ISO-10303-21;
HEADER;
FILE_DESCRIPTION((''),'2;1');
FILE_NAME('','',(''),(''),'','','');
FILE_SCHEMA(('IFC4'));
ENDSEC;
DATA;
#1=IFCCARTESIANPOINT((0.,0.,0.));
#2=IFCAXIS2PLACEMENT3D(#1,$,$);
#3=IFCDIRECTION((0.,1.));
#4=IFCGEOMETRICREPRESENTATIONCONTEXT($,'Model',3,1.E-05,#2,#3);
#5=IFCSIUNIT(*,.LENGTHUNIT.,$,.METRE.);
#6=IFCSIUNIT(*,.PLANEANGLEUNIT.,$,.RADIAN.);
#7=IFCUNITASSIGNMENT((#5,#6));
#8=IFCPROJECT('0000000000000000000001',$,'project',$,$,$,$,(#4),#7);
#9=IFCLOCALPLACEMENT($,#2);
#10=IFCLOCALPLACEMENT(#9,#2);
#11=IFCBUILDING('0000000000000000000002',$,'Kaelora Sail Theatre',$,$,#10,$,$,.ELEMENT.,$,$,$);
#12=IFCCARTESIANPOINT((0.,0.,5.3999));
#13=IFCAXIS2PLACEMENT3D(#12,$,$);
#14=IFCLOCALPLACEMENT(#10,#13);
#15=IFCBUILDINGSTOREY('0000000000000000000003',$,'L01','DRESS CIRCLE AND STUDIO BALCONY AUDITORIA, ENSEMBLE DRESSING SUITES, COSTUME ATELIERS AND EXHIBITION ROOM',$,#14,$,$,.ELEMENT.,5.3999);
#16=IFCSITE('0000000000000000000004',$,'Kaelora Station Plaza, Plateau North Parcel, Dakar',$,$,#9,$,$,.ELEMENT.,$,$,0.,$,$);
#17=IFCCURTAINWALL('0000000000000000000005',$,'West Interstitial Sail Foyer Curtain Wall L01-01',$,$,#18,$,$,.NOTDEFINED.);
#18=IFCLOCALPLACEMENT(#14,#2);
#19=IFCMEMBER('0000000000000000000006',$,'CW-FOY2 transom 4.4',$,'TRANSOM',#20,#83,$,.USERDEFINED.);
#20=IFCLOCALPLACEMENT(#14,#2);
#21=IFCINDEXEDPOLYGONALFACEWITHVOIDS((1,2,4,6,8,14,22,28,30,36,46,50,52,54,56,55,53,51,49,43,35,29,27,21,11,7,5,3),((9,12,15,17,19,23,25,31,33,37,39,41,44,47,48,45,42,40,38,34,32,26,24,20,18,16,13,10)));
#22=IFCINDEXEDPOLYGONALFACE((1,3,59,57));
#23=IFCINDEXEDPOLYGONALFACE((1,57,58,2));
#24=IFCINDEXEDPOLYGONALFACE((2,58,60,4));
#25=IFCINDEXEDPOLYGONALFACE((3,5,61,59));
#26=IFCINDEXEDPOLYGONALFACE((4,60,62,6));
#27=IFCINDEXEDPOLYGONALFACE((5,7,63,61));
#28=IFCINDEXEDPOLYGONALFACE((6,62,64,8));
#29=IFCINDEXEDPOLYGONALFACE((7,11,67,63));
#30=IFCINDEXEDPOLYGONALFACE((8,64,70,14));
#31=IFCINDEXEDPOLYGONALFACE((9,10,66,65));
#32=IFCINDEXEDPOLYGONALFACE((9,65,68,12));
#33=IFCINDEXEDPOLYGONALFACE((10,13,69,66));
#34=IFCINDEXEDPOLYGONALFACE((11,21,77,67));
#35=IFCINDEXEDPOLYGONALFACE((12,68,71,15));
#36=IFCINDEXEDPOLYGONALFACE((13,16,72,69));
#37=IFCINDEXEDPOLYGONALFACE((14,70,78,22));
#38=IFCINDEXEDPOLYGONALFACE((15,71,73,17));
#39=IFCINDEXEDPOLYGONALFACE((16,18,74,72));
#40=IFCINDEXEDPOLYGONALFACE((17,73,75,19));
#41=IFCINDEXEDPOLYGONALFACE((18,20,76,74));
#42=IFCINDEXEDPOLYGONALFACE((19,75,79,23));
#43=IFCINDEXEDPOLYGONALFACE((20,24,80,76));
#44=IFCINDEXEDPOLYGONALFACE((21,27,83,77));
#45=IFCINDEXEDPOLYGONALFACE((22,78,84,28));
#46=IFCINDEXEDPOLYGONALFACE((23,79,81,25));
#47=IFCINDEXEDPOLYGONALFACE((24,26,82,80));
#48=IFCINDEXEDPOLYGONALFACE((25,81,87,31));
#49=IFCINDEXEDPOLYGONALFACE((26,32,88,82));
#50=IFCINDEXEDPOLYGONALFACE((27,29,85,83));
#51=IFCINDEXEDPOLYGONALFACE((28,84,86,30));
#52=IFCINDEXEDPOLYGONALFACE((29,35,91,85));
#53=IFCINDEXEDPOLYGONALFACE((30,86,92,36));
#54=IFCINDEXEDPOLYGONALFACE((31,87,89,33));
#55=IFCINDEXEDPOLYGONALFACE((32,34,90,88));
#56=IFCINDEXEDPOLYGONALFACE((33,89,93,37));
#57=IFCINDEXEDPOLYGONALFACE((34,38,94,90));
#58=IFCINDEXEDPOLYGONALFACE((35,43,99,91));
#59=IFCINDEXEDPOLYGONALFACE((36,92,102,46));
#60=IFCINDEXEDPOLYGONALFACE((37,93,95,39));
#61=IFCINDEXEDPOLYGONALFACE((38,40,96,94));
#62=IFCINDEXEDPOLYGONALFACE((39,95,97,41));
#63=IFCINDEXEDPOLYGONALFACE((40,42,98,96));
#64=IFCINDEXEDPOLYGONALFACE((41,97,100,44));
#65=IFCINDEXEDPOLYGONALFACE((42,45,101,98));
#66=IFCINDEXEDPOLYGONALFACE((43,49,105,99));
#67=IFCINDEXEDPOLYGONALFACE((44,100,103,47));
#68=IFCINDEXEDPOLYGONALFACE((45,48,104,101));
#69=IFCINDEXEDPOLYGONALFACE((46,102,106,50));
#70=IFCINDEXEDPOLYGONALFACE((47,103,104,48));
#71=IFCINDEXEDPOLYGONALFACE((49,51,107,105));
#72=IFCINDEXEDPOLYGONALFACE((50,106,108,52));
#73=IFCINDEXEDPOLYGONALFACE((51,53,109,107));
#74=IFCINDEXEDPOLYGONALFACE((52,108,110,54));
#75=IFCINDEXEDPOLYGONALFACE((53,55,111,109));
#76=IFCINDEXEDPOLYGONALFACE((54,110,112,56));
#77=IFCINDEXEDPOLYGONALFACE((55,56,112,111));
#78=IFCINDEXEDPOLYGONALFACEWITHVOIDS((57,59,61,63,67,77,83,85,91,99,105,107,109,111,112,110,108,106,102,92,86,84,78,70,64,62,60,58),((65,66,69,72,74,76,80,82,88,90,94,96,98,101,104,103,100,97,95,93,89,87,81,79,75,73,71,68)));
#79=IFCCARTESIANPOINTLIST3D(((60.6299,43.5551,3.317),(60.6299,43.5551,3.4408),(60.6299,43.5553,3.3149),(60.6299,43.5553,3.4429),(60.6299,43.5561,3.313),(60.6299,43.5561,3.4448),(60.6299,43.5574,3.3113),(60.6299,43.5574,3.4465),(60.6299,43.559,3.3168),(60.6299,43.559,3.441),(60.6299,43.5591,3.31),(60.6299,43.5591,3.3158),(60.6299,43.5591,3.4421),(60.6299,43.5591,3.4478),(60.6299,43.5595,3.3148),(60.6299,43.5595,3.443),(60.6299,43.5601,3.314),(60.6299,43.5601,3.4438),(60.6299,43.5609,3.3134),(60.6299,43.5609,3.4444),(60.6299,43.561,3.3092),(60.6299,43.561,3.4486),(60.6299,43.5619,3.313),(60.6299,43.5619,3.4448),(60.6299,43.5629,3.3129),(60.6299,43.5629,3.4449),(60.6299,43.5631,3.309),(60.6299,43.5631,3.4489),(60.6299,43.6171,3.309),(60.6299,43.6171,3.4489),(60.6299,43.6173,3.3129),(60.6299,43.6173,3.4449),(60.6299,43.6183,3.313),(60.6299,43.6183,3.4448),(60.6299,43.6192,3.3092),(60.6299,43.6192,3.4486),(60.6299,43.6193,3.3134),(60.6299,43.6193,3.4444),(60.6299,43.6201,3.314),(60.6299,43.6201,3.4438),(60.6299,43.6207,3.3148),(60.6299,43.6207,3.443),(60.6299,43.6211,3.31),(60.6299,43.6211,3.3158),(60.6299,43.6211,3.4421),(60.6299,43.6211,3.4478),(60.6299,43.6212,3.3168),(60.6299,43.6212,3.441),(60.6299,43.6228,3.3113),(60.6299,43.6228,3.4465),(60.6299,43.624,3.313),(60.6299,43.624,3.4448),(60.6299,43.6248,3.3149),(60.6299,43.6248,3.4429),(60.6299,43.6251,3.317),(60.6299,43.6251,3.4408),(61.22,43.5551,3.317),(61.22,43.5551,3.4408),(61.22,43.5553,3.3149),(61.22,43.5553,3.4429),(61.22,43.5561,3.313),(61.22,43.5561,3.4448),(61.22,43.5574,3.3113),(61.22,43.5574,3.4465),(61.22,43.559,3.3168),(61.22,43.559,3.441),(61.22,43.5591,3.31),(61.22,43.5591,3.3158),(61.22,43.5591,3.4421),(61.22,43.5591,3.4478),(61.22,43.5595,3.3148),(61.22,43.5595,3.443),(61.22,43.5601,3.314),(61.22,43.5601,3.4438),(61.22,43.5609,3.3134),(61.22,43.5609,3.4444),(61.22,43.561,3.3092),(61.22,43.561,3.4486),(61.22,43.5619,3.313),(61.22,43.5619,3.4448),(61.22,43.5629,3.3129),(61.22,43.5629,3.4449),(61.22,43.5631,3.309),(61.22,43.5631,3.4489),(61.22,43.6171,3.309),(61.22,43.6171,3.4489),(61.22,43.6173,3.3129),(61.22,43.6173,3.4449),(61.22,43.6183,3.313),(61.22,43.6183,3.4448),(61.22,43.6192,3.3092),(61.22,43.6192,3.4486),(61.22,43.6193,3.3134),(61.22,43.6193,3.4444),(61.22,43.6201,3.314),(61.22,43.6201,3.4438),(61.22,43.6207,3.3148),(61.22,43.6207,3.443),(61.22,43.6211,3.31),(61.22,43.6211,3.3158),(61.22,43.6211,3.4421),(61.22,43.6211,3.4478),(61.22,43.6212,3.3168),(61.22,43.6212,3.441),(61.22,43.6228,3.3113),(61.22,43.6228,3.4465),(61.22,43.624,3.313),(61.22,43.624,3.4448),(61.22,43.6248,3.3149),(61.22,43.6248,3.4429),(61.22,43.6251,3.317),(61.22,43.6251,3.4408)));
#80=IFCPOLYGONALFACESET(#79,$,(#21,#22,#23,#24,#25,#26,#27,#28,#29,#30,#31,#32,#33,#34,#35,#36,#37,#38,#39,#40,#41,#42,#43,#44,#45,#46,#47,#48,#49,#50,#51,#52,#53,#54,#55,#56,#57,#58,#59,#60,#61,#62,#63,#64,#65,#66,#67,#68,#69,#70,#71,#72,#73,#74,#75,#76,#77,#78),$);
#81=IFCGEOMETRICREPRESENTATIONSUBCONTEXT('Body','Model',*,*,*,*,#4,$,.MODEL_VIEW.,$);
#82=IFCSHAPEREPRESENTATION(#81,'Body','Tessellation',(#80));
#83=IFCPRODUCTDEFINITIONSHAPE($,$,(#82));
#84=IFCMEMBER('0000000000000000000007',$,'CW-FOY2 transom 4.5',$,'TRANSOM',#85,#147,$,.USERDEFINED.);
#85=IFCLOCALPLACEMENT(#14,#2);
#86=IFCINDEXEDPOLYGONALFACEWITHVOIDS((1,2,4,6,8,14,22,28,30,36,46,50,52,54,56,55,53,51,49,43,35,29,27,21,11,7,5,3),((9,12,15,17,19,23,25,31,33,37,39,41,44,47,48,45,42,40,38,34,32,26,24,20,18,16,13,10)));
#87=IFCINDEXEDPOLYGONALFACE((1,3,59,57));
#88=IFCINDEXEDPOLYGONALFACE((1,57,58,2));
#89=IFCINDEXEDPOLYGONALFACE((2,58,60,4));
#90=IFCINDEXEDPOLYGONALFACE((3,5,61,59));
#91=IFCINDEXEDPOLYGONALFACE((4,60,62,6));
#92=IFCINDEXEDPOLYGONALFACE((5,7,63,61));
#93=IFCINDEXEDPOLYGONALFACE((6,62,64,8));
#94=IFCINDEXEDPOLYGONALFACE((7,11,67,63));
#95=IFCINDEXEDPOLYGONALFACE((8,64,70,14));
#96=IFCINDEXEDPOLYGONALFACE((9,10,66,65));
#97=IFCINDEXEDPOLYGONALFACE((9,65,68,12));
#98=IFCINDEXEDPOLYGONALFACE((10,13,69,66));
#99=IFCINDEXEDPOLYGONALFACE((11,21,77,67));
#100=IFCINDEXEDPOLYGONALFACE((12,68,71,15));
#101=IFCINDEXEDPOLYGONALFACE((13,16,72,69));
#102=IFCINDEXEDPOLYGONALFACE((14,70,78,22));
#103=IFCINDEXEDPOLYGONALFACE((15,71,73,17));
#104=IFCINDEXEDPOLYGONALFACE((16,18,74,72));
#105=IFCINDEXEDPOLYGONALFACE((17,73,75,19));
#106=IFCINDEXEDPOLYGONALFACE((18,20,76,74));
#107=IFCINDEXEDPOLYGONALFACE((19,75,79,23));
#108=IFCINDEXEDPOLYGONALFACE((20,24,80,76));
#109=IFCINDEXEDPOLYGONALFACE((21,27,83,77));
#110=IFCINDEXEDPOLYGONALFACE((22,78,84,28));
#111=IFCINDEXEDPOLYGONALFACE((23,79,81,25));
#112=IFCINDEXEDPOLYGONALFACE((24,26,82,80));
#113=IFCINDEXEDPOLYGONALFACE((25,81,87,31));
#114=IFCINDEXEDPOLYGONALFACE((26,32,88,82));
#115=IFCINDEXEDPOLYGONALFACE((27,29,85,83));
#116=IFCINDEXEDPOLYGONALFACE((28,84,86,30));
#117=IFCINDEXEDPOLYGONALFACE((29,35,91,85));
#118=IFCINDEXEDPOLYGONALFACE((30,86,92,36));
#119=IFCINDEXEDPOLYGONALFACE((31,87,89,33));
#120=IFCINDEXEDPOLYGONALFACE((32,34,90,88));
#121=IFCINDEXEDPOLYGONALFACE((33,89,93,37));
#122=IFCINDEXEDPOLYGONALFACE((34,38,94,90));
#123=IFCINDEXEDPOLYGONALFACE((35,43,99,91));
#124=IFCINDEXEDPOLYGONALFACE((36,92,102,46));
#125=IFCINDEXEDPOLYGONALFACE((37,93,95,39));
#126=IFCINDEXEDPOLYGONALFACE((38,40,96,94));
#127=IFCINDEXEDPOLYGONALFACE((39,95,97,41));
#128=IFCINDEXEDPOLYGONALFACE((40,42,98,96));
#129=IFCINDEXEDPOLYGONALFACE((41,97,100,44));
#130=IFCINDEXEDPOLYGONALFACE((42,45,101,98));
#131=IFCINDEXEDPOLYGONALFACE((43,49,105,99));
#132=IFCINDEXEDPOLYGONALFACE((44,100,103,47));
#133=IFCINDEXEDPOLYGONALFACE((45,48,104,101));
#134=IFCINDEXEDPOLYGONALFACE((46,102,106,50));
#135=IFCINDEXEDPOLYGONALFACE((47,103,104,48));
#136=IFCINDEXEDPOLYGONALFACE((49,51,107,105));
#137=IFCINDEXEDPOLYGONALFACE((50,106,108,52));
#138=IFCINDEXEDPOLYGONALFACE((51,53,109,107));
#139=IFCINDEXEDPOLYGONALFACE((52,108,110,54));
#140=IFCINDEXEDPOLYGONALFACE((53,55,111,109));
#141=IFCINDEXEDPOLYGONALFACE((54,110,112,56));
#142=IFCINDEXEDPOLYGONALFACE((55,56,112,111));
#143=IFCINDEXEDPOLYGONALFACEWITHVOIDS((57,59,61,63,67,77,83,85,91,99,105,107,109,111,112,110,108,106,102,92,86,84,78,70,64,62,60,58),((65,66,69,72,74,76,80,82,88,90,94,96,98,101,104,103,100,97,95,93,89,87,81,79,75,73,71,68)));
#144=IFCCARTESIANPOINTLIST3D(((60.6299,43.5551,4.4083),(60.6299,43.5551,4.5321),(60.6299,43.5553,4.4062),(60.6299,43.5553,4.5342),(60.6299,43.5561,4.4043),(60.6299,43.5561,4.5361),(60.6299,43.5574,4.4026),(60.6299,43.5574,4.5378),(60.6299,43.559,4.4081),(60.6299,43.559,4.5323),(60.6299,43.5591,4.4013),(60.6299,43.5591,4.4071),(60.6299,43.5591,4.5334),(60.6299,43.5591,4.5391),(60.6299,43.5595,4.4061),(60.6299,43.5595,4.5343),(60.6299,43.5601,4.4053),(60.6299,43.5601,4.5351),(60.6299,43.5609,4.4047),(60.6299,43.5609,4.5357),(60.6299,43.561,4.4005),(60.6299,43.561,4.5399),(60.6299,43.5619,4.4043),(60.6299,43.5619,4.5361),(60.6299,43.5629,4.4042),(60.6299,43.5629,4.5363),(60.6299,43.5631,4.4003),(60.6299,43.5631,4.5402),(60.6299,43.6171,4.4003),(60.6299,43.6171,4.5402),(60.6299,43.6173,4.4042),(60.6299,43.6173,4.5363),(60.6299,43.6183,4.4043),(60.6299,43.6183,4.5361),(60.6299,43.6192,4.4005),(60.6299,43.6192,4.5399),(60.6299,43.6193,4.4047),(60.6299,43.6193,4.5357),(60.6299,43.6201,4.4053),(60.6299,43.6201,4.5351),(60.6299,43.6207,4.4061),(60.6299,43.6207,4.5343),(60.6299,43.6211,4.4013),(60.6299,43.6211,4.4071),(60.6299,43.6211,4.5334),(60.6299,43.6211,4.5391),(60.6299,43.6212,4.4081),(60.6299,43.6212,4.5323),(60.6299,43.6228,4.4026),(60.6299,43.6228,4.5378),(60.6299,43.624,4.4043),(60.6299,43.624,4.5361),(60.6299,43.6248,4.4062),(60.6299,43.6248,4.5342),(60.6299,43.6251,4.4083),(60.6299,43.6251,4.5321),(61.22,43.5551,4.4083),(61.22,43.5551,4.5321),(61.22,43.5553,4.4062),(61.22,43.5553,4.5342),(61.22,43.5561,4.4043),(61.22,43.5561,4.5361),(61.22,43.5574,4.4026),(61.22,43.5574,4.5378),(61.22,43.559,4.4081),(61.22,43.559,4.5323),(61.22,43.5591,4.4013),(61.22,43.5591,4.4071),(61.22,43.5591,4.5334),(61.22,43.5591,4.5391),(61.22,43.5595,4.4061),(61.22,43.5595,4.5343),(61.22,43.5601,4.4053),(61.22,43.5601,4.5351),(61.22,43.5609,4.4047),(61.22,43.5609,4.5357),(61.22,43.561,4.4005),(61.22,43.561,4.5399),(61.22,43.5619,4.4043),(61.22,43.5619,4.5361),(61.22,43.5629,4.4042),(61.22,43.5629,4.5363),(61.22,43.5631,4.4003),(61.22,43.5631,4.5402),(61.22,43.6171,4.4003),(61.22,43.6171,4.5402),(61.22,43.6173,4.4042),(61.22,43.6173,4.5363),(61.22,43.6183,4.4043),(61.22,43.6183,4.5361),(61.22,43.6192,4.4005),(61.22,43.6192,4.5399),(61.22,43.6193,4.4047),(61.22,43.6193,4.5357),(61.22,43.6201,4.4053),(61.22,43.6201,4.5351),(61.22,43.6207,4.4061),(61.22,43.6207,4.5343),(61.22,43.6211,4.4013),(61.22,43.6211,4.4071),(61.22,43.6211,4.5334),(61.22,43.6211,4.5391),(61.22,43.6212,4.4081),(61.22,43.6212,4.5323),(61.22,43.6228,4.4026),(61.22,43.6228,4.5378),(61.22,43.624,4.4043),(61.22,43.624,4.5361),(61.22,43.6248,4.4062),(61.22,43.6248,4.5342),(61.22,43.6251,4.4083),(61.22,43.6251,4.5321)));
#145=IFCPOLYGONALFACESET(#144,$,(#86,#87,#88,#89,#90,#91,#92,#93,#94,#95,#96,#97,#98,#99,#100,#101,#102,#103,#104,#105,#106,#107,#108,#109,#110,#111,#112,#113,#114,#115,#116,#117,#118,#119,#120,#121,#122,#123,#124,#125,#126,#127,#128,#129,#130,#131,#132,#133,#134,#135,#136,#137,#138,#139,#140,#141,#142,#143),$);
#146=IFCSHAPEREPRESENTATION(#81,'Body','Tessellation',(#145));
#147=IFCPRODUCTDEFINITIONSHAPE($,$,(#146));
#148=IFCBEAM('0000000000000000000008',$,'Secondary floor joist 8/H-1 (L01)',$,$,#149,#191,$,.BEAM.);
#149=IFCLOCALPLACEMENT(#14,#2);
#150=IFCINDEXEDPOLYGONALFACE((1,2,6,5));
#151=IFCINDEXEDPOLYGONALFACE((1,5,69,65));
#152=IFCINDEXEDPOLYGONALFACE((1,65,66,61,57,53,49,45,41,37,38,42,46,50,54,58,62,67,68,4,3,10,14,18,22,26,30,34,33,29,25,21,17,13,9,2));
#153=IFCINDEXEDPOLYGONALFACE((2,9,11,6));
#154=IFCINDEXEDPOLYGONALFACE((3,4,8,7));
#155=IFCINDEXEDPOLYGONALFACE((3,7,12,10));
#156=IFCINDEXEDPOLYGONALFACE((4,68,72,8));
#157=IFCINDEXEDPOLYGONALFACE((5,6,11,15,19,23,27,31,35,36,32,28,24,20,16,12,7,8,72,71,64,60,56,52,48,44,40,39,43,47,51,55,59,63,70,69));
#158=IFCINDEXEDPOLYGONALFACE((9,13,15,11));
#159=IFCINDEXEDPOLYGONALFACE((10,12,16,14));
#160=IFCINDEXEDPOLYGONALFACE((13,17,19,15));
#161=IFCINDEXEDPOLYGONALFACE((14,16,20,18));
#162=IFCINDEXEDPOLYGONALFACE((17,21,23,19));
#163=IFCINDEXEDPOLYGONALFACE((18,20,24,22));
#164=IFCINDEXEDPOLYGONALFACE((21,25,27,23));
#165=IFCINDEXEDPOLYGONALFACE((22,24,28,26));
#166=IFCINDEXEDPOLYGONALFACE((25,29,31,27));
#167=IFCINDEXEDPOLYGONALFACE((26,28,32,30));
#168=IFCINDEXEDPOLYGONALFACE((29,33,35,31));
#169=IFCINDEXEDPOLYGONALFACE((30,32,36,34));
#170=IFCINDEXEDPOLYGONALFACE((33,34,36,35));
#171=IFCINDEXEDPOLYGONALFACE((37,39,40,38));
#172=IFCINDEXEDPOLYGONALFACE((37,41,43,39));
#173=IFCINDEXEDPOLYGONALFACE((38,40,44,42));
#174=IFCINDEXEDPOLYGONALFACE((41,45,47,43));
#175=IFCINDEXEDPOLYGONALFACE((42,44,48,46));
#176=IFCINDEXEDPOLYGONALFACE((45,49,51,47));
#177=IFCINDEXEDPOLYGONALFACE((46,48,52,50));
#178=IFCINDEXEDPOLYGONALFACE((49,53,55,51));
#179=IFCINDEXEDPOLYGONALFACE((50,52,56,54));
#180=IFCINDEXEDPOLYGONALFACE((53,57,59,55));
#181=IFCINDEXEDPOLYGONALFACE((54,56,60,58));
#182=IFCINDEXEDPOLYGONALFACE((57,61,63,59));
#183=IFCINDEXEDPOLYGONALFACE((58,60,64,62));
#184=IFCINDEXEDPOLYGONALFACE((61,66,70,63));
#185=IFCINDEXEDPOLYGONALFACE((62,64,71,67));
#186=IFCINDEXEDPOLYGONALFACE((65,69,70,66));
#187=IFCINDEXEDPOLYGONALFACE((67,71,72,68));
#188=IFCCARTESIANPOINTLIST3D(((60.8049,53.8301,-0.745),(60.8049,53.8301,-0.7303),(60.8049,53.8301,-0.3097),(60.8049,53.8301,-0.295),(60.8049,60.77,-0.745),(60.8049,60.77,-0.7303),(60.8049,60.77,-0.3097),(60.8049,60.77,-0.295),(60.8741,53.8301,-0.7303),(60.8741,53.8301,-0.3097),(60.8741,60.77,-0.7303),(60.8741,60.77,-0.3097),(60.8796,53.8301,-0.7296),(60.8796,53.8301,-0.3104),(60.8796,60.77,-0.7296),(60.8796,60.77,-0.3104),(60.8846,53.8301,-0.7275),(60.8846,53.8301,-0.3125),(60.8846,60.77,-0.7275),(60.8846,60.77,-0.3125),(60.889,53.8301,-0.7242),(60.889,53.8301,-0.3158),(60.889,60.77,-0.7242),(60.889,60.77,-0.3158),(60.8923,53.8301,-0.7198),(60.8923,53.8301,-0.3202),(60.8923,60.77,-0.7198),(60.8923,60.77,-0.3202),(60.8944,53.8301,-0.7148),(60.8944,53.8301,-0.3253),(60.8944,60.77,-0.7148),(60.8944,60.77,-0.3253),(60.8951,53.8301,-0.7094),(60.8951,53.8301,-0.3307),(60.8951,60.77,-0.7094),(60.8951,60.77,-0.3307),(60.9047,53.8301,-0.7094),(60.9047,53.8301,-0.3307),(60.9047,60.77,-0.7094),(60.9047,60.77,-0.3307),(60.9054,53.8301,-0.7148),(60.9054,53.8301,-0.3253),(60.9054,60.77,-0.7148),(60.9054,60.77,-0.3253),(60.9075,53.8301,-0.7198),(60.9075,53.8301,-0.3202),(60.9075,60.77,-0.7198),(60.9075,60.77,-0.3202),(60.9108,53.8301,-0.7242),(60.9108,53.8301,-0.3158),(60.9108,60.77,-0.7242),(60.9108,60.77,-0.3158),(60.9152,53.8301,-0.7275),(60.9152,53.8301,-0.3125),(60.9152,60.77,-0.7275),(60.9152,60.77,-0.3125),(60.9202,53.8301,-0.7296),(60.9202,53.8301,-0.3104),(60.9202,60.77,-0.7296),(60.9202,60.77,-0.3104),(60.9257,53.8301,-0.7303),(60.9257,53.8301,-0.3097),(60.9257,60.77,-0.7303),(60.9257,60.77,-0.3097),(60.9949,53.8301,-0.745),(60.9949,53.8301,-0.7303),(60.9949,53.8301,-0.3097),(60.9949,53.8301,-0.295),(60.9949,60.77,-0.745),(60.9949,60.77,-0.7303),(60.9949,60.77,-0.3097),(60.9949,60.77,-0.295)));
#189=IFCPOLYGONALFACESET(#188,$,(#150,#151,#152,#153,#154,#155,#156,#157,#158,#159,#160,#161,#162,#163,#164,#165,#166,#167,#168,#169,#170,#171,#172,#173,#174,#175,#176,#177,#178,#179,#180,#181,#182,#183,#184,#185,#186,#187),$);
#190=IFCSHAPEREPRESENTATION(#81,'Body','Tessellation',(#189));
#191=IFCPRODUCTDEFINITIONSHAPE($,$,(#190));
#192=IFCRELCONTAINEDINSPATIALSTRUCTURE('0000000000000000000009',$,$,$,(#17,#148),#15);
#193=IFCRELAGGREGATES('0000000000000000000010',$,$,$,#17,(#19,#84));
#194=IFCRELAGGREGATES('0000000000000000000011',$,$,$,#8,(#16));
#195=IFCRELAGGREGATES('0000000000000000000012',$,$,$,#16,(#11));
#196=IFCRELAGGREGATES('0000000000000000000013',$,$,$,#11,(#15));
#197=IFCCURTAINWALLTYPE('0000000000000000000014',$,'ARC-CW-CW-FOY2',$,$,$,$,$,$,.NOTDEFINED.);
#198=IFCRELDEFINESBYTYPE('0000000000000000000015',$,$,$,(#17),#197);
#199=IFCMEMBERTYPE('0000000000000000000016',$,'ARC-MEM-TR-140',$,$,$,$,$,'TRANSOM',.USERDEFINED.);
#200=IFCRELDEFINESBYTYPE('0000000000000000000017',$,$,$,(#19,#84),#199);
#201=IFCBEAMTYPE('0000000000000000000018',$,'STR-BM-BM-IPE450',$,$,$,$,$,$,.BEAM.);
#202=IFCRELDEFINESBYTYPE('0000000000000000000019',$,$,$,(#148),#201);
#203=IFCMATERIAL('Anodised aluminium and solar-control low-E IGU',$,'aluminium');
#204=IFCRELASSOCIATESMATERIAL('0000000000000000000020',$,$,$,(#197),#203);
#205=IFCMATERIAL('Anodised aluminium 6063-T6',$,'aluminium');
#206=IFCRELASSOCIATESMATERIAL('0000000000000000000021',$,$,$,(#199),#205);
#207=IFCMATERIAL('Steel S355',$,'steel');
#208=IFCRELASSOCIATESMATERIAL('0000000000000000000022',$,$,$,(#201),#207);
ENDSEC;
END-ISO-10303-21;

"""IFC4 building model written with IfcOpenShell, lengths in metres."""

from ifc_helpers import new_model, si_unit, direction, frame, origin, origin_2d, place, context, subcontext, project, spatial, hollow_rectangle, i_section, extrude, material, material_profile, profile_set, type_object, element, aggregate, save


model = new_model("IFC4")

# Units and contexts
model_context = context("Model", 3, precision=1e-05, world=origin(), true_north=direction((0.0, 1.0)))
body_context = subcontext(model_context, "Body", "Model", "MODEL_VIEW")
ifc_project = project(units=[si_unit("LENGTHUNIT", "METRE"), si_unit("PLANEANGLEUNIT", "RADIAN")], contexts=[model_context])

# Site, building, storey
site_placement = place(None, origin())
site = spatial("IfcSite", under=ifc_project, at=site_placement, Name="Kaelora Station Plaza, Plateau North Parcel, Dakar", CompositionType="ELEMENT", RefElevation=0.0)
building_placement = place(site_placement, origin())
building = spatial("IfcBuilding", under=site, at=building_placement, Name="Kaelora Sail Theatre", CompositionType="ELEMENT")
storey_placement = place(building_placement, frame((0.0, 0.0, 5.3999)))
storey = spatial("IfcBuildingStorey", under=building, at=storey_placement, Name="L01", Description="DRESS CIRCLE AND STUDIO BALCONY AUDITORIA, ENSEMBLE DRESSING SUITES, COSTUME ATELIERS AND EXHIBITION ROOM", CompositionType="ELEMENT", Elevation=5.3999)

# Curtain wall, members
ifc_material_1 = material(Name="Anodised aluminium and solar-control low-E IGU", Category="aluminium")
curtain_wall_type = type_object("IfcCurtainWallType", Name="ARC-CW-CW-FOY2", PredefinedType="NOTDEFINED", material=ifc_material_1)
curtain_wall_placement = place(storey_placement, origin())
curtain_wall = element("IfcCurtainWall", 1, at=curtain_wall_placement, inside=storey, type_object=curtain_wall_type, Name="West Interstitial Sail Foyer Curtain Wall L01-01", PredefinedType="NOTDEFINED")
ifc_material_2 = material(Name="Anodised aluminium 6063-T6", Category="aluminium")
ifc_material_profile_1 = material_profile(ifc_material_2, hollow_rectangle(XDim=0.0701, YDim=0.1399, WallThickness=0.0039, InnerFilletRadius=0.0039, OuterFilletRadius=0.0081, at=origin_2d()), Name="ALU-TRAN 70x140x4")
ifc_profile_set_1 = profile_set([ifc_material_profile_1], Name="Anodised aluminium 6063-T6")
member_type_1 = type_object("IfcMemberType", Name="ARC-MEM-TR-140", ElementType="TRANSOM", PredefinedType="USERDEFINED", material=ifc_profile_set_1)
member_1_placement = place(storey_placement, frame((60.6299, 43.5901, 3.3789), z_axis=(1.0, 0.0, 0.0), x_axis=(0.0, 1.0, 0.0)))
member_1 = element("IfcMember", 2, at=member_1_placement, type_object=member_type_1, Name="CW-FOY2 transom 4.4", ObjectType="TRANSOM", PredefinedType="USERDEFINED", context=body_context, shape_type="SweptSolid", body=[
    extrude(hollow_rectangle(XDim=0.0701, YDim=0.1399, WallThickness=0.0039, InnerFilletRadius=0.0039, OuterFilletRadius=0.0081, at=origin_2d()), origin(), (0.0, 0.0, 1.0), 0.5901),
])
member_2_placement = place(storey_placement, frame((60.6299, 43.5901, 4.4702), z_axis=(1.0, 0.0, 0.0), x_axis=(0.0, 1.0, 0.0)))
member_2 = element("IfcMember", 3, at=member_2_placement, type_object=member_type_1, Name="CW-FOY2 transom 4.5", ObjectType="TRANSOM", PredefinedType="USERDEFINED", context=body_context, shape_type="SweptSolid", body=[
    extrude(hollow_rectangle(XDim=0.0701, YDim=0.1399, WallThickness=0.0039, InnerFilletRadius=0.0039, OuterFilletRadius=0.0081, at=origin_2d()), origin(), (0.0, 0.0, 1.0), 0.5901),
])

# Beam
ifc_material_3 = material(Name="Steel S355", Category="steel")
ifc_material_profile_2 = material_profile(ifc_material_3, i_section(OverallWidth=0.1899, OverallDepth=0.45, WebThickness=0.0095, FlangeThickness=0.0146, FilletRadius=0.021, at=origin_2d()), Name="IPE 450")
ifc_profile_set_2 = profile_set([ifc_material_profile_2], Name="Steel S355")
beam_type_1 = type_object("IfcBeamType", Name="STR-BM-BM-IPE450", PredefinedType="BEAM", material=ifc_profile_set_2)
beam_1_placement = place(storey_placement, frame((60.8999, 53.8301, -0.52), z_axis=(0.0, 1.0, 0.0), x_axis=(-1.0, 0.0, 0.0)))
element("IfcBeam", 4, at=beam_1_placement, inside=storey, type_object=beam_type_1, Name="Secondary floor joist 8/H-1 (L01)", PredefinedType="BEAM", context=body_context, shape_type="SweptSolid", body=[
    extrude(i_section(OverallWidth=0.1899, OverallDepth=0.45, WebThickness=0.0095, FlangeThickness=0.0146, FilletRadius=0.021, at=origin_2d()), origin(), (0.0, 0.0, 1.0), 6.9399),
])

aggregate(curtain_wall, [member_1, member_2])

save(model, "model.ifc")
